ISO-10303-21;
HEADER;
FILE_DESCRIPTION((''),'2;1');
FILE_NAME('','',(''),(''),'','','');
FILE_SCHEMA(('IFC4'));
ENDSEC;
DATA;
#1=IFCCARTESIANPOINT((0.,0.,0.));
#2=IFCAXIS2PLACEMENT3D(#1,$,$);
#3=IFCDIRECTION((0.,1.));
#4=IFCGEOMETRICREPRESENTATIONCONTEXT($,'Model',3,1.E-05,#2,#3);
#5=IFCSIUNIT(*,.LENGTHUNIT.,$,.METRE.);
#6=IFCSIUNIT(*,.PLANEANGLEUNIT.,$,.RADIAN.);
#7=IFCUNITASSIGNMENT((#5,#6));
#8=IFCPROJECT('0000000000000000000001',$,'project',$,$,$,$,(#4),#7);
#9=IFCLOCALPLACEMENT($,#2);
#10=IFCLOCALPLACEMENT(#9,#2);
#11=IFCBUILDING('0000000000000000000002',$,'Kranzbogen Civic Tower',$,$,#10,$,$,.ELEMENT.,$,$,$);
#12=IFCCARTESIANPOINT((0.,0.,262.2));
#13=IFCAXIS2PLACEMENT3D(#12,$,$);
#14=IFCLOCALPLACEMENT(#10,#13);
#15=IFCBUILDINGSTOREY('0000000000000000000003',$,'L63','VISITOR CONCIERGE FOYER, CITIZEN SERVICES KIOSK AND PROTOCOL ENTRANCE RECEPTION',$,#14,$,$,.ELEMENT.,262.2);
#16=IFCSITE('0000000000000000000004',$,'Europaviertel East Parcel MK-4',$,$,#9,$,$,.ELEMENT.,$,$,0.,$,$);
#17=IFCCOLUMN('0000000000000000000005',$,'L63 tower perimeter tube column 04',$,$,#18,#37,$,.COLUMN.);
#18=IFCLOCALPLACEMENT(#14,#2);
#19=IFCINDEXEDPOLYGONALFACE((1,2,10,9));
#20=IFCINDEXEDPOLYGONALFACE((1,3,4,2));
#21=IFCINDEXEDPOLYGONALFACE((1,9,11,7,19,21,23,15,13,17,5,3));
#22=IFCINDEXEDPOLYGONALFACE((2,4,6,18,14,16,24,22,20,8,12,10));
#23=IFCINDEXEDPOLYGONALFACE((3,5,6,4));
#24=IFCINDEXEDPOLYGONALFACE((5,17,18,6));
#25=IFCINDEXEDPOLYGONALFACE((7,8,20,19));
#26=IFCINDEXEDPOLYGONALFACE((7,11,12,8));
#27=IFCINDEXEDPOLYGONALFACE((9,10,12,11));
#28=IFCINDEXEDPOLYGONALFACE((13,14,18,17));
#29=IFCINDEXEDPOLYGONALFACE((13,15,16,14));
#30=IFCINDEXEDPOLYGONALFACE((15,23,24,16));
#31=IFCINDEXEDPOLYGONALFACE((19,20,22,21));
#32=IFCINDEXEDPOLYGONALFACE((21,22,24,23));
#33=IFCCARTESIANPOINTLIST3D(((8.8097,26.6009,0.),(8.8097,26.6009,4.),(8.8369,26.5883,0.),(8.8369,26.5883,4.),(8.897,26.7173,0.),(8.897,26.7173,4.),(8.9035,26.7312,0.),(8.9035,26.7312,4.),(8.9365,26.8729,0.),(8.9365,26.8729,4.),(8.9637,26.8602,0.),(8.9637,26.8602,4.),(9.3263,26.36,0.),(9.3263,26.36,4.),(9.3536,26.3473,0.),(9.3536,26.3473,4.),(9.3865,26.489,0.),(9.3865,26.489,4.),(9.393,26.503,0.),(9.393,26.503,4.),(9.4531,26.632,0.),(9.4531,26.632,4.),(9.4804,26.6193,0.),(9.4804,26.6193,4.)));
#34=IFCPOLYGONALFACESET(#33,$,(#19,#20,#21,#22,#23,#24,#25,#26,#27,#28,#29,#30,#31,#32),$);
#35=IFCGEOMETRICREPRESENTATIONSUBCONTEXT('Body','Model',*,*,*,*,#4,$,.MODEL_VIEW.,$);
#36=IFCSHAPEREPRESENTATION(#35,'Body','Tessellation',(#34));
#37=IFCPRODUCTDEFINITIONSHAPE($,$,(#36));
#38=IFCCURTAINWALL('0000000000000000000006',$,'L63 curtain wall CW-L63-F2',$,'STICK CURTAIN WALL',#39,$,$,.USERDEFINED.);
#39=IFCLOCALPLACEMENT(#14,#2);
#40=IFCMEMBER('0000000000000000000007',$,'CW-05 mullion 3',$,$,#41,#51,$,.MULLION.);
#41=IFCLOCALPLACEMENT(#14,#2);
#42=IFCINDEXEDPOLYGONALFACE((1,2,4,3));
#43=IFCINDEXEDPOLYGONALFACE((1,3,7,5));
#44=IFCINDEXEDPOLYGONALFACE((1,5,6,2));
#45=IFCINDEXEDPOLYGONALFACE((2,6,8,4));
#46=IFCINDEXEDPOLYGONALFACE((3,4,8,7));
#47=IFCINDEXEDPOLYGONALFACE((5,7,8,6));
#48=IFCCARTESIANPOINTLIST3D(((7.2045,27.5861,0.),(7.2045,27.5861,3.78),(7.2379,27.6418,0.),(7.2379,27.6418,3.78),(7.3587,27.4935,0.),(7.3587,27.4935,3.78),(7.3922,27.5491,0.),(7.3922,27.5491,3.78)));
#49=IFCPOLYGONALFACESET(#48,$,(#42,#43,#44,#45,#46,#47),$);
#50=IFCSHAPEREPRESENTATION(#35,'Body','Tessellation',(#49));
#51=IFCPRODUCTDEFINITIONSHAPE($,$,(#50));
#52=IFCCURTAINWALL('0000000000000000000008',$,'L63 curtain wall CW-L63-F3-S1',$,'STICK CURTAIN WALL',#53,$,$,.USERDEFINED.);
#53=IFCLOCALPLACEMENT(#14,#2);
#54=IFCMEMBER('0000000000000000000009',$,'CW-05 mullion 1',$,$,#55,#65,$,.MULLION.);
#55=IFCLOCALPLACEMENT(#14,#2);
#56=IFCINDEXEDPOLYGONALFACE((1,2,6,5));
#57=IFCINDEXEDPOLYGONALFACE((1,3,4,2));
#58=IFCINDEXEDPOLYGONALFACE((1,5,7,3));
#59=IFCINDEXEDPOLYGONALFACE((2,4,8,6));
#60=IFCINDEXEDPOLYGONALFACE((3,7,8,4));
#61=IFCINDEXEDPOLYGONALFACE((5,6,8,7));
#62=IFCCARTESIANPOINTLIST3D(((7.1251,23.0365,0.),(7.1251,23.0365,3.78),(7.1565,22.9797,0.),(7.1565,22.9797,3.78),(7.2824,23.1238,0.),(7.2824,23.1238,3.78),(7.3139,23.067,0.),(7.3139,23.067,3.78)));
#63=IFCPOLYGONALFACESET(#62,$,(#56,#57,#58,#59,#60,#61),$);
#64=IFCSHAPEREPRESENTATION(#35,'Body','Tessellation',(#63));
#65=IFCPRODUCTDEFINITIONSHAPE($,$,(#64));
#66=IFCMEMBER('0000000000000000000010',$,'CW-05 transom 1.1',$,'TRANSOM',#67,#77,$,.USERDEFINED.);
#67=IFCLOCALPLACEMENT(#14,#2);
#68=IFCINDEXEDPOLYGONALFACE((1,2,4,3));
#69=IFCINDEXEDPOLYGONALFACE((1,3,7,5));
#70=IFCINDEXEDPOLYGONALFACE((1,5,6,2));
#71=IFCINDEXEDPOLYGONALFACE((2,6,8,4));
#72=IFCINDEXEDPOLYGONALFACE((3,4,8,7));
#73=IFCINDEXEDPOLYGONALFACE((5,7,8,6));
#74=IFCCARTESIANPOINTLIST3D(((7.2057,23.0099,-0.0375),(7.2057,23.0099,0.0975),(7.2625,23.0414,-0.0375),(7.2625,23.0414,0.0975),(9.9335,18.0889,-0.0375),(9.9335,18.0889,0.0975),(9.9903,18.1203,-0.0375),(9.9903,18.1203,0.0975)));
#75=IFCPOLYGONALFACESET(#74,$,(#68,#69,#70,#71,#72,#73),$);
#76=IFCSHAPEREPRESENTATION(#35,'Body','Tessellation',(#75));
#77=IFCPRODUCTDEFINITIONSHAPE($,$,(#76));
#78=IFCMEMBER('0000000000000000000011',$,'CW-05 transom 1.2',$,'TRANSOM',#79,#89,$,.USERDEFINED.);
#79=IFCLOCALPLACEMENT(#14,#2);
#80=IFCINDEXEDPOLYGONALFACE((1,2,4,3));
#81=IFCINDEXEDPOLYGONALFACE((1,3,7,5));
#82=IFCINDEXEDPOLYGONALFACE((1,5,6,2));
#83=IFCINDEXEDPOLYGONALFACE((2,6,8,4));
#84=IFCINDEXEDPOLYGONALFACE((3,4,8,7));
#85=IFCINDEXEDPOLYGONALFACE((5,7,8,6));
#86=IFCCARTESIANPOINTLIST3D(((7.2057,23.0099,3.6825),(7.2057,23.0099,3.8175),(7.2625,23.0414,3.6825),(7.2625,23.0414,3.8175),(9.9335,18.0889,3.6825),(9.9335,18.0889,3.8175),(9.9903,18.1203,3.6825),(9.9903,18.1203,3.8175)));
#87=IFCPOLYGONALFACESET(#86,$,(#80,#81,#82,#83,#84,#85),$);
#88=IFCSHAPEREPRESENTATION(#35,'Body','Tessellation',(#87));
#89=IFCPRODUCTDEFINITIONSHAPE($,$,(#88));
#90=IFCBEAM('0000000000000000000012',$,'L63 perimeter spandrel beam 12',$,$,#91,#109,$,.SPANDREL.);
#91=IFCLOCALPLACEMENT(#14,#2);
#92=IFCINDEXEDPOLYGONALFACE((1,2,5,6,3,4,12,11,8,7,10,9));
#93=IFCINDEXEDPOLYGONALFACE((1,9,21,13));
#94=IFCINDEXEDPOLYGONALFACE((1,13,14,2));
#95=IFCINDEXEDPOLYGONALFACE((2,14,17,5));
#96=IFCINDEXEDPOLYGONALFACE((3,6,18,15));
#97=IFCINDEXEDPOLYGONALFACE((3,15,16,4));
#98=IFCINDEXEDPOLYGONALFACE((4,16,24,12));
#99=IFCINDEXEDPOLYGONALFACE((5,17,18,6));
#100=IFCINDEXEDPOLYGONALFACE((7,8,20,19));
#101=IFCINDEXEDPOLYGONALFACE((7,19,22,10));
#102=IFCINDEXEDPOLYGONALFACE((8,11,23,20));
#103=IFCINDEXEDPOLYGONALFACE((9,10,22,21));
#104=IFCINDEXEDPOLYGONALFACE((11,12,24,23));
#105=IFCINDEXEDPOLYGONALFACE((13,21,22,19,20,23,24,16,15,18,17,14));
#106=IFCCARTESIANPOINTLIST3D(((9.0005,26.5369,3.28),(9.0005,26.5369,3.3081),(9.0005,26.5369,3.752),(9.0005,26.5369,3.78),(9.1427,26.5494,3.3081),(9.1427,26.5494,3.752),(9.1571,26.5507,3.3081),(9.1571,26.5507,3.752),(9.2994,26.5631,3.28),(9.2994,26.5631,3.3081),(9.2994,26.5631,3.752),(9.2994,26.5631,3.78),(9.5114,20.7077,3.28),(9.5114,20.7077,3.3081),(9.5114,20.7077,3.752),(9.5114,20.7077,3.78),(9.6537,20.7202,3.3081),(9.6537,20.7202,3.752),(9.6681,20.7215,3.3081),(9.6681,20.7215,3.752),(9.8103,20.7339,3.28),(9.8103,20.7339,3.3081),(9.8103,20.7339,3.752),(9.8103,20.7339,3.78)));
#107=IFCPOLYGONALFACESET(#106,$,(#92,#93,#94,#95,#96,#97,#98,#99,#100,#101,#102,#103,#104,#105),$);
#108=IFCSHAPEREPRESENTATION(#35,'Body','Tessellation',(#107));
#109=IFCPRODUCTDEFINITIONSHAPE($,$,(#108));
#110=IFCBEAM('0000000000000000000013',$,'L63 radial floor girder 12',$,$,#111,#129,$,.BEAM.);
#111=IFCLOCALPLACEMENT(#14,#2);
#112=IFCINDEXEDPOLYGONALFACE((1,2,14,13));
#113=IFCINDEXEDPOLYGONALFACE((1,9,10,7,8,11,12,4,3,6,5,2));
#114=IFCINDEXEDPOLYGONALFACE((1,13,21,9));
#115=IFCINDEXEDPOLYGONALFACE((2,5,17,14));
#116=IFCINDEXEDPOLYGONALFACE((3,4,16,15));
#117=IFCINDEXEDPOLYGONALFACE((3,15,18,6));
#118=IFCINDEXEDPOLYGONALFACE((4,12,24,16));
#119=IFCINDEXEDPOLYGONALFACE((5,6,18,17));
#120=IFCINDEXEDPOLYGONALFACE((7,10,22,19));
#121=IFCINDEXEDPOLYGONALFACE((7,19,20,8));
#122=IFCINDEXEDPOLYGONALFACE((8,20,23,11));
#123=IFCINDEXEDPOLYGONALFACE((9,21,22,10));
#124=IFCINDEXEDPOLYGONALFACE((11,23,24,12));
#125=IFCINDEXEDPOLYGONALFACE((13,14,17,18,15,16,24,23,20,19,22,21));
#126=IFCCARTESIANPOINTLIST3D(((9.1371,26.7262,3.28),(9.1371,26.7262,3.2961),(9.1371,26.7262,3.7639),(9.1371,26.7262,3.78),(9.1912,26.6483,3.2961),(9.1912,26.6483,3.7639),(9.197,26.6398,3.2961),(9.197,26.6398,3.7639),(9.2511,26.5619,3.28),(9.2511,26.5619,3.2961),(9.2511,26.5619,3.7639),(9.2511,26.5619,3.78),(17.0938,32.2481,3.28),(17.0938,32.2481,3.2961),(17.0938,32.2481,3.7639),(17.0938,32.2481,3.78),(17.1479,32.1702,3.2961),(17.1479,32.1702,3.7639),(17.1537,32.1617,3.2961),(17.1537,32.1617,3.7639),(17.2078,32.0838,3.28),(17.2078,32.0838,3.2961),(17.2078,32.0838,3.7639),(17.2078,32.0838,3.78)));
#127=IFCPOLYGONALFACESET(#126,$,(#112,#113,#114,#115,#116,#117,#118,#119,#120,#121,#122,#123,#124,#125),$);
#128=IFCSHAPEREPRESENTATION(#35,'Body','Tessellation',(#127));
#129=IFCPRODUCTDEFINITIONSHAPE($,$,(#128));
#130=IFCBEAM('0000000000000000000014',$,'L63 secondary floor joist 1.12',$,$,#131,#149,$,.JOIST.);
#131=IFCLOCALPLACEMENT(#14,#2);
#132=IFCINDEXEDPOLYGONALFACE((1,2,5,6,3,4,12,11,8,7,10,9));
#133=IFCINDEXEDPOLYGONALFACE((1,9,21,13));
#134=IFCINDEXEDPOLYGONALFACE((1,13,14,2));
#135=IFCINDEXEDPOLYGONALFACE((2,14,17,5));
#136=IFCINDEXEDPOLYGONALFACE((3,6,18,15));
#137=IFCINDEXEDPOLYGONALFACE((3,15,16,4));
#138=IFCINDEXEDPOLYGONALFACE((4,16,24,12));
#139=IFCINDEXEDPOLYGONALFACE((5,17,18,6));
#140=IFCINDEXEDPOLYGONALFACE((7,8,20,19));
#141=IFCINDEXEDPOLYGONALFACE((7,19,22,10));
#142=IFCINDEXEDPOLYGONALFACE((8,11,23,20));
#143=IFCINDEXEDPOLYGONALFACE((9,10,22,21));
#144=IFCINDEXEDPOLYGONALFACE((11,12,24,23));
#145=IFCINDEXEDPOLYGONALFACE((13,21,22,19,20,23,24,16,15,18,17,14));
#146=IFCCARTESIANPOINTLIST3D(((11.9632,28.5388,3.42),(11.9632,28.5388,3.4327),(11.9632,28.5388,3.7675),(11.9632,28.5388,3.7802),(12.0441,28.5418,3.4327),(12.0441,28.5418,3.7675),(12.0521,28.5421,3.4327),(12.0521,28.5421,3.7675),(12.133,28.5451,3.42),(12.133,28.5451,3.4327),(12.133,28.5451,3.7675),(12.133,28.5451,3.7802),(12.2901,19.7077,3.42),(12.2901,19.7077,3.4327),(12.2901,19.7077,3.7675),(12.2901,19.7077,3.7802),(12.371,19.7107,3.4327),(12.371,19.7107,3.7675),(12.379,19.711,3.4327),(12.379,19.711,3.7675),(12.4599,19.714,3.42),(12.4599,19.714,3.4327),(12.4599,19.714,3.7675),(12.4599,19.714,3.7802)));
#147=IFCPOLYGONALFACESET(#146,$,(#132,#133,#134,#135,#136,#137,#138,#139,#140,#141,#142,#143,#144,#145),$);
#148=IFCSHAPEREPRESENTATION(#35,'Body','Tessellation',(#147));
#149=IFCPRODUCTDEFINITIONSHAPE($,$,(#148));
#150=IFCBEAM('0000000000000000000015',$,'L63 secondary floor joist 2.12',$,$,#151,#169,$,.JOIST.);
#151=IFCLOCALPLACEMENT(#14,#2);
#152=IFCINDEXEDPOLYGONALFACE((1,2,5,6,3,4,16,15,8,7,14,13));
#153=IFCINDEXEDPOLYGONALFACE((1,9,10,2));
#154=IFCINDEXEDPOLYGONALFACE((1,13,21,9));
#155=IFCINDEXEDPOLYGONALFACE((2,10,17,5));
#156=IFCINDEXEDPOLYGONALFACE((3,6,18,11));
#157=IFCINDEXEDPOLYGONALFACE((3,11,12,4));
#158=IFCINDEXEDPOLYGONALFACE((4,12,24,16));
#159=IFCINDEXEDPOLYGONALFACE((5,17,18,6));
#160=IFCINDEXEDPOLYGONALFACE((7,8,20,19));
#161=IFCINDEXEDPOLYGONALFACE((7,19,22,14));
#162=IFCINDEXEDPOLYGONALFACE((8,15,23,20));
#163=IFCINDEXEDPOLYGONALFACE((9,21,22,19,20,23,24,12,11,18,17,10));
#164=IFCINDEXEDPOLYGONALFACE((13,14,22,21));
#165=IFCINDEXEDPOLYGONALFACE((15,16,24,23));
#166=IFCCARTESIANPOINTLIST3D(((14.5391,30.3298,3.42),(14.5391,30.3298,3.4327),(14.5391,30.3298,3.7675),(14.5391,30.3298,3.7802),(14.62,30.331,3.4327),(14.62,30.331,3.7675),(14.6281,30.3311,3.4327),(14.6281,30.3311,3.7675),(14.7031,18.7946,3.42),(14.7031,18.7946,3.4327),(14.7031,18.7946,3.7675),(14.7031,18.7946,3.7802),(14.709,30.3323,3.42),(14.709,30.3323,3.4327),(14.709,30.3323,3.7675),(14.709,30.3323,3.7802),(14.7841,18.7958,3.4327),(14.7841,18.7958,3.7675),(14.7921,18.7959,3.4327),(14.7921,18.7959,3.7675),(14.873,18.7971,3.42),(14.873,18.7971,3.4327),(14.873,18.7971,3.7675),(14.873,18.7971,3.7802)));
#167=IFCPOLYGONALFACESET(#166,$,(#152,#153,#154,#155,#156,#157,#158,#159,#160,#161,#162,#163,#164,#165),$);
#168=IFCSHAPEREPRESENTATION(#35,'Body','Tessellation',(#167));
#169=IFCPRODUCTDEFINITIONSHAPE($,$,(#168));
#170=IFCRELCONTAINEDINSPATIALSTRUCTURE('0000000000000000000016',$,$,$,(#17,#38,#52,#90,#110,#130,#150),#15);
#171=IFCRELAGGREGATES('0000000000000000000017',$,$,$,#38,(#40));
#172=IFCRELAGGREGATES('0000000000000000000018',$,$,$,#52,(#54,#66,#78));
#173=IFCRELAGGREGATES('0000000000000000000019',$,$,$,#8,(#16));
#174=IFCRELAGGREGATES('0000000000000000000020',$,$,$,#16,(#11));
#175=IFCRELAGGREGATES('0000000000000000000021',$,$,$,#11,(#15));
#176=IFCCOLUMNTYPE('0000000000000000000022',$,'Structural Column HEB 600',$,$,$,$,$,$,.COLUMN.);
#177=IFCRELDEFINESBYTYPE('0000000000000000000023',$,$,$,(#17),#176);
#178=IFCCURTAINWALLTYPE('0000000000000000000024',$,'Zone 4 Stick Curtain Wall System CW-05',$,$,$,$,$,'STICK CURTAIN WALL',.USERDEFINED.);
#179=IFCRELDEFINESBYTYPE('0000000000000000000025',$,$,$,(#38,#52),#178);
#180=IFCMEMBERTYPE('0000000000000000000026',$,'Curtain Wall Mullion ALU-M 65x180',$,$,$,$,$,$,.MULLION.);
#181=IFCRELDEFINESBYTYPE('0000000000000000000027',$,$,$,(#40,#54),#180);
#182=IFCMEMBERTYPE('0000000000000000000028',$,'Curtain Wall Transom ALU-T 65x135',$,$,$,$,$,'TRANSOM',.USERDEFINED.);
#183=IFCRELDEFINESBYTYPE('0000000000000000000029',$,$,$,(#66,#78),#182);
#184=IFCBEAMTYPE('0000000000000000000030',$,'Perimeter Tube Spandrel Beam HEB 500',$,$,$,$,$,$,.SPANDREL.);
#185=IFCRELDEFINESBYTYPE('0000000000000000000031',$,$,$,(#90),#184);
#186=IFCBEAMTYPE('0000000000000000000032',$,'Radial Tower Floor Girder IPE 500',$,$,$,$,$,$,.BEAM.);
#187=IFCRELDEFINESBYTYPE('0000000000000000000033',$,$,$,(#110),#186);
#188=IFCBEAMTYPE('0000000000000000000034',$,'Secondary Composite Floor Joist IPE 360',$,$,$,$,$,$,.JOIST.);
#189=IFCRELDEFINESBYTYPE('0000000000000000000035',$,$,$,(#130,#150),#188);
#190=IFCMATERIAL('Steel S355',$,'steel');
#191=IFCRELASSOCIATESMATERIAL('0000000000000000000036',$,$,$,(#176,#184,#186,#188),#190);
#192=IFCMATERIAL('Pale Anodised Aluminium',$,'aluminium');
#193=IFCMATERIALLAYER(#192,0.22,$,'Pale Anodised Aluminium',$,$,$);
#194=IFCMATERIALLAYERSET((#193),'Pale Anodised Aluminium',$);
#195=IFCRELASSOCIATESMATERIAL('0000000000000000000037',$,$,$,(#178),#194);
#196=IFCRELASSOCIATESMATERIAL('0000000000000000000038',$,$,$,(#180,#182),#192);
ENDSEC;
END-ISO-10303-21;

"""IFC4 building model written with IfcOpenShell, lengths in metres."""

from ifc_helpers import new_model, si_unit, direction, frame, origin, origin_2d, place, context, subcontext, project, spatial, rectangle, i_section, extrude, material, layer, layer_set, material_profile, profile_set, type_object, element, aggregate, save


model = new_model("IFC4")

# Units and contexts
model_context = context("Model", 3, precision=1e-05, world=origin(), true_north=direction((0.0, 1.0)))
body_context = subcontext(model_context, "Body", "Model", "MODEL_VIEW")
ifc_project = project(units=[si_unit("LENGTHUNIT", "METRE"), si_unit("PLANEANGLEUNIT", "RADIAN")], contexts=[model_context])

# Site, building, storey
site_placement = place(None, origin())
site = spatial("IfcSite", under=ifc_project, at=site_placement, Name="Europaviertel East Parcel MK-4", CompositionType="ELEMENT", RefElevation=0.0)
building_placement = place(site_placement, origin())
building = spatial("IfcBuilding", under=site, at=building_placement, Name="Kranzbogen Civic Tower", CompositionType="ELEMENT")
storey_placement = place(building_placement, frame((0.0, 0.0, 262.2)))
storey = spatial("IfcBuildingStorey", under=building, at=storey_placement, Name="L63", Description="VISITOR CONCIERGE FOYER, CITIZEN SERVICES KIOSK AND PROTOCOL ENTRANCE RECEPTION", CompositionType="ELEMENT", Elevation=262.2)

# Column
ifc_material_1 = material(Name="Steel S355", Category="steel")
ifc_material_profile_1 = material_profile(ifc_material_1, i_section(OverallWidth=0.3, OverallDepth=0.6001, WebThickness=0.0154, FlangeThickness=0.03, at=origin_2d()), Name="HEB 600")
ifc_profile_set_1 = profile_set([ifc_material_profile_1], Name="Steel S355")
column_type = type_object("IfcColumnType", Name="Structural Column HEB 600", PredefinedType="COLUMN", material=ifc_profile_set_1)
column_placement = place(storey_placement, frame((9.145, 26.6101, 0.0), z_axis=(0.0, 0.0, 1.0), x_axis=(0.422618, 0.906308, 0.0)))
element("IfcColumn", 1, at=column_placement, inside=storey, type_object=column_type, Name="L63 tower perimeter tube column 04", PredefinedType="COLUMN", context=body_context, shape_type="SweptSolid", body=[
    extrude(i_section(OverallWidth=0.3, OverallDepth=0.6001, WebThickness=0.0154, FlangeThickness=0.03, at=origin_2d()), origin(), (0.0, 0.0, 1.0), 4.0),
])

# Curtain wall, member
ifc_material_2 = material(Name="Pale Anodised Aluminium", Category="aluminium")
ifc_layer_1 = layer(ifc_material_2, 0.22, Name="Pale Anodised Aluminium")
ifc_layer_set_1 = layer_set([ifc_layer_1], Name="Pale Anodised Aluminium")
curtain_wall_type = type_object("IfcCurtainWallType", Name="Zone 4 Stick Curtain Wall System CW-05", ElementType="STICK CURTAIN WALL", PredefinedType="USERDEFINED", material=ifc_layer_set_1)
curtain_wall_1_placement = place(storey_placement, origin())
curtain_wall_1 = element("IfcCurtainWall", 2, at=curtain_wall_1_placement, inside=storey, type_object=curtain_wall_type, Name="L63 curtain wall CW-L63-F2", ObjectType="STICK CURTAIN WALL", PredefinedType="USERDEFINED")
ifc_material_profile_2 = material_profile(ifc_material_2, rectangle(XDim=0.0649, YDim=0.1799, at=origin_2d()), Name="ALU-M 65x180")
ifc_profile_set_2 = profile_set([ifc_material_profile_2], Name="Pale Anodised Aluminium")
member_type_1 = type_object("IfcMemberType", Name="Curtain Wall Mullion ALU-M 65x180", PredefinedType="MULLION", material=ifc_profile_set_2)
member_1_placement = place(storey_placement, frame((7.2983, 27.5676, 0.0), z_axis=(0.0, 0.0, 1.0), x_axis=(-0.515036, -0.857169, 0.0)))
member_1 = element("IfcMember", 3, at=member_1_placement, type_object=member_type_1, Name="CW-05 mullion 3", PredefinedType="MULLION", context=body_context, shape_type="SweptSolid", body=[
    extrude(rectangle(XDim=0.0649, YDim=0.1799, at=origin_2d()), origin(), (0.0, 0.0, 1.0), 3.78),
])
aggregate(curtain_wall_1, [member_1])

# Curtain wall, members
curtain_wall_2_placement = place(storey_placement, origin())
curtain_wall_2 = element("IfcCurtainWall", 4, at=curtain_wall_2_placement, inside=storey, type_object=curtain_wall_type, Name="L63 curtain wall CW-L63-F3-S1", ObjectType="STICK CURTAIN WALL", PredefinedType="USERDEFINED")
member_2_placement = place(storey_placement, frame((7.2195, 23.0518, 0.0), z_axis=(0.0, 0.0, 1.0), x_axis=(0.484815, -0.874617, 0.0)))
member_2 = element("IfcMember", 5, at=member_2_placement, type_object=member_type_1, Name="CW-05 mullion 1", PredefinedType="MULLION", context=body_context, shape_type="SweptSolid", body=[
    extrude(rectangle(XDim=0.0649, YDim=0.1799, at=origin_2d()), origin(), (0.0, 0.0, 1.0), 3.78),
])
ifc_material_profile_3 = material_profile(ifc_material_2, rectangle(XDim=0.0649, YDim=0.135, at=origin_2d()), Name="ALU-T 65x135")
ifc_profile_set_3 = profile_set([ifc_material_profile_3], Name="Pale Anodised Aluminium")
member_type_2 = type_object("IfcMemberType", Name="Curtain Wall Transom ALU-T 65x135", ElementType="TRANSOM", PredefinedType="USERDEFINED", material=ifc_profile_set_3)
member_3_placement = place(storey_placement, frame((7.2341, 23.0256, 0.03), z_axis=(0.484803, -0.874624, 0.0), x_axis=(0.874624, 0.484803, 0.0)))
member_3 = element("IfcMember", 6, at=member_3_placement, type_object=member_type_2, Name="CW-05 transom 1.1", ObjectType="TRANSOM", PredefinedType="USERDEFINED", context=body_context, shape_type="SweptSolid", body=[
    extrude(rectangle(XDim=0.0649, YDim=0.135, at=origin_2d()), origin(), (0.0, 0.0, 1.0), 5.6265),
])
member_4_placement = place(storey_placement, frame((7.2341, 23.0256, 3.75), z_axis=(0.484803, -0.874624, 0.0), x_axis=(0.874624, 0.484803, 0.0)))
member_4 = element("IfcMember", 7, at=member_4_placement, type_object=member_type_2, Name="CW-05 transom 1.2", ObjectType="TRANSOM", PredefinedType="USERDEFINED", context=body_context, shape_type="SweptSolid", body=[
    extrude(rectangle(XDim=0.0649, YDim=0.135, at=origin_2d()), origin(), (0.0, 0.0, 1.0), 5.6265),
])
aggregate(curtain_wall_2, [member_2, member_3, member_4])

# Beams
ifc_material_profile_4 = material_profile(ifc_material_1, i_section(OverallWidth=0.3, OverallDepth=0.5, WebThickness=0.0144, FlangeThickness=0.0281, at=origin_2d()), Name="HEB 500")
ifc_profile_set_4 = profile_set([ifc_material_profile_4], Name="Steel S355")
beam_type_1 = type_object("IfcBeamType", Name="Perimeter Tube Spandrel Beam HEB 500", PredefinedType="SPANDREL", material=ifc_profile_set_4)
beam_1_placement = place(storey_placement, frame((9.1499, 26.55, 3.53), z_axis=(0.087326, -0.99618, 0.0), x_axis=(0.99618, 0.087326, 0.0)))
element("IfcBeam", 8, at=beam_1_placement, inside=storey, type_object=beam_type_1, Name="L63 perimeter spandrel beam 12", PredefinedType="SPANDREL", context=body_context, shape_type="SweptSolid", body=[
    extrude(i_section(OverallWidth=0.3, OverallDepth=0.5, WebThickness=0.0144, FlangeThickness=0.0281, at=origin_2d()), origin(), (0.0, 0.0, 1.0), 5.8516),
])
ifc_material_profile_5 = material_profile(ifc_material_1, i_section(OverallWidth=0.2, OverallDepth=0.5, WebThickness=0.0103, FlangeThickness=0.0161, at=origin_2d()), Name="IPE 500")
ifc_profile_set_5 = profile_set([ifc_material_profile_5], Name="Steel S355")
beam_type_2 = type_object("IfcBeamType", Name="Radial Tower Floor Girder IPE 500", PredefinedType="BEAM", material=ifc_profile_set_5)
beam_2_placement = place(storey_placement, frame((9.1941, 26.644, 3.53), z_axis=(0.821543, 0.570147, 0.0), x_axis=(-0.570147, 0.821543, 0.0)))
element("IfcBeam", 9, at=beam_2_placement, inside=storey, type_object=beam_type_2, Name="L63 radial floor girder 12", PredefinedType="BEAM", context=body_context, shape_type="SweptSolid", body=[
    extrude(i_section(OverallWidth=0.2, OverallDepth=0.5, WebThickness=0.0103, FlangeThickness=0.0161, at=origin_2d()), origin(), (0.0, 0.0, 1.0), 9.6851),
])
ifc_material_profile_6 = material_profile(ifc_material_1, i_section(OverallWidth=0.1699, OverallDepth=0.3601, WebThickness=0.0081, FlangeThickness=0.0127, at=origin_2d()), Name="IPE 360")
ifc_profile_set_6 = profile_set([ifc_material_profile_6], Name="Steel S355")
beam_type_3 = type_object("IfcBeamType", Name="Secondary Composite Floor Joist IPE 360", PredefinedType="JOIST", material=ifc_profile_set_6)
beam_3_placement = place(storey_placement, frame((12.0481, 28.542, 3.6001), z_axis=(0.036992, -0.999316, 0.0), x_axis=(0.999316, 0.036992, 0.0)))
element("IfcBeam", 10, at=beam_3_placement, inside=storey, type_object=beam_type_3, Name="L63 secondary floor joist 1.12", PredefinedType="JOIST", context=body_context, shape_type="SweptSolid", body=[
    extrude(i_section(OverallWidth=0.1699, OverallDepth=0.3601, WebThickness=0.0081, FlangeThickness=0.0127, at=origin_2d()), origin(), (0.0, 0.0, 1.0), 8.8372),
])
beam_4_placement = place(storey_placement, frame((14.624, 30.3311, 3.6001), z_axis=(0.014221, -0.999899, 0.0), x_axis=(0.999899, 0.014221, 0.0)))
element("IfcBeam", 11, at=beam_4_placement, inside=storey, type_object=beam_type_3, Name="L63 secondary floor joist 2.12", PredefinedType="JOIST", context=body_context, shape_type="SweptSolid", body=[
    extrude(i_section(OverallWidth=0.1699, OverallDepth=0.3601, WebThickness=0.0081, FlangeThickness=0.0127, at=origin_2d()), origin(), (0.0, 0.0, 1.0), 11.5364),
])

save(model, "model.ifc")
